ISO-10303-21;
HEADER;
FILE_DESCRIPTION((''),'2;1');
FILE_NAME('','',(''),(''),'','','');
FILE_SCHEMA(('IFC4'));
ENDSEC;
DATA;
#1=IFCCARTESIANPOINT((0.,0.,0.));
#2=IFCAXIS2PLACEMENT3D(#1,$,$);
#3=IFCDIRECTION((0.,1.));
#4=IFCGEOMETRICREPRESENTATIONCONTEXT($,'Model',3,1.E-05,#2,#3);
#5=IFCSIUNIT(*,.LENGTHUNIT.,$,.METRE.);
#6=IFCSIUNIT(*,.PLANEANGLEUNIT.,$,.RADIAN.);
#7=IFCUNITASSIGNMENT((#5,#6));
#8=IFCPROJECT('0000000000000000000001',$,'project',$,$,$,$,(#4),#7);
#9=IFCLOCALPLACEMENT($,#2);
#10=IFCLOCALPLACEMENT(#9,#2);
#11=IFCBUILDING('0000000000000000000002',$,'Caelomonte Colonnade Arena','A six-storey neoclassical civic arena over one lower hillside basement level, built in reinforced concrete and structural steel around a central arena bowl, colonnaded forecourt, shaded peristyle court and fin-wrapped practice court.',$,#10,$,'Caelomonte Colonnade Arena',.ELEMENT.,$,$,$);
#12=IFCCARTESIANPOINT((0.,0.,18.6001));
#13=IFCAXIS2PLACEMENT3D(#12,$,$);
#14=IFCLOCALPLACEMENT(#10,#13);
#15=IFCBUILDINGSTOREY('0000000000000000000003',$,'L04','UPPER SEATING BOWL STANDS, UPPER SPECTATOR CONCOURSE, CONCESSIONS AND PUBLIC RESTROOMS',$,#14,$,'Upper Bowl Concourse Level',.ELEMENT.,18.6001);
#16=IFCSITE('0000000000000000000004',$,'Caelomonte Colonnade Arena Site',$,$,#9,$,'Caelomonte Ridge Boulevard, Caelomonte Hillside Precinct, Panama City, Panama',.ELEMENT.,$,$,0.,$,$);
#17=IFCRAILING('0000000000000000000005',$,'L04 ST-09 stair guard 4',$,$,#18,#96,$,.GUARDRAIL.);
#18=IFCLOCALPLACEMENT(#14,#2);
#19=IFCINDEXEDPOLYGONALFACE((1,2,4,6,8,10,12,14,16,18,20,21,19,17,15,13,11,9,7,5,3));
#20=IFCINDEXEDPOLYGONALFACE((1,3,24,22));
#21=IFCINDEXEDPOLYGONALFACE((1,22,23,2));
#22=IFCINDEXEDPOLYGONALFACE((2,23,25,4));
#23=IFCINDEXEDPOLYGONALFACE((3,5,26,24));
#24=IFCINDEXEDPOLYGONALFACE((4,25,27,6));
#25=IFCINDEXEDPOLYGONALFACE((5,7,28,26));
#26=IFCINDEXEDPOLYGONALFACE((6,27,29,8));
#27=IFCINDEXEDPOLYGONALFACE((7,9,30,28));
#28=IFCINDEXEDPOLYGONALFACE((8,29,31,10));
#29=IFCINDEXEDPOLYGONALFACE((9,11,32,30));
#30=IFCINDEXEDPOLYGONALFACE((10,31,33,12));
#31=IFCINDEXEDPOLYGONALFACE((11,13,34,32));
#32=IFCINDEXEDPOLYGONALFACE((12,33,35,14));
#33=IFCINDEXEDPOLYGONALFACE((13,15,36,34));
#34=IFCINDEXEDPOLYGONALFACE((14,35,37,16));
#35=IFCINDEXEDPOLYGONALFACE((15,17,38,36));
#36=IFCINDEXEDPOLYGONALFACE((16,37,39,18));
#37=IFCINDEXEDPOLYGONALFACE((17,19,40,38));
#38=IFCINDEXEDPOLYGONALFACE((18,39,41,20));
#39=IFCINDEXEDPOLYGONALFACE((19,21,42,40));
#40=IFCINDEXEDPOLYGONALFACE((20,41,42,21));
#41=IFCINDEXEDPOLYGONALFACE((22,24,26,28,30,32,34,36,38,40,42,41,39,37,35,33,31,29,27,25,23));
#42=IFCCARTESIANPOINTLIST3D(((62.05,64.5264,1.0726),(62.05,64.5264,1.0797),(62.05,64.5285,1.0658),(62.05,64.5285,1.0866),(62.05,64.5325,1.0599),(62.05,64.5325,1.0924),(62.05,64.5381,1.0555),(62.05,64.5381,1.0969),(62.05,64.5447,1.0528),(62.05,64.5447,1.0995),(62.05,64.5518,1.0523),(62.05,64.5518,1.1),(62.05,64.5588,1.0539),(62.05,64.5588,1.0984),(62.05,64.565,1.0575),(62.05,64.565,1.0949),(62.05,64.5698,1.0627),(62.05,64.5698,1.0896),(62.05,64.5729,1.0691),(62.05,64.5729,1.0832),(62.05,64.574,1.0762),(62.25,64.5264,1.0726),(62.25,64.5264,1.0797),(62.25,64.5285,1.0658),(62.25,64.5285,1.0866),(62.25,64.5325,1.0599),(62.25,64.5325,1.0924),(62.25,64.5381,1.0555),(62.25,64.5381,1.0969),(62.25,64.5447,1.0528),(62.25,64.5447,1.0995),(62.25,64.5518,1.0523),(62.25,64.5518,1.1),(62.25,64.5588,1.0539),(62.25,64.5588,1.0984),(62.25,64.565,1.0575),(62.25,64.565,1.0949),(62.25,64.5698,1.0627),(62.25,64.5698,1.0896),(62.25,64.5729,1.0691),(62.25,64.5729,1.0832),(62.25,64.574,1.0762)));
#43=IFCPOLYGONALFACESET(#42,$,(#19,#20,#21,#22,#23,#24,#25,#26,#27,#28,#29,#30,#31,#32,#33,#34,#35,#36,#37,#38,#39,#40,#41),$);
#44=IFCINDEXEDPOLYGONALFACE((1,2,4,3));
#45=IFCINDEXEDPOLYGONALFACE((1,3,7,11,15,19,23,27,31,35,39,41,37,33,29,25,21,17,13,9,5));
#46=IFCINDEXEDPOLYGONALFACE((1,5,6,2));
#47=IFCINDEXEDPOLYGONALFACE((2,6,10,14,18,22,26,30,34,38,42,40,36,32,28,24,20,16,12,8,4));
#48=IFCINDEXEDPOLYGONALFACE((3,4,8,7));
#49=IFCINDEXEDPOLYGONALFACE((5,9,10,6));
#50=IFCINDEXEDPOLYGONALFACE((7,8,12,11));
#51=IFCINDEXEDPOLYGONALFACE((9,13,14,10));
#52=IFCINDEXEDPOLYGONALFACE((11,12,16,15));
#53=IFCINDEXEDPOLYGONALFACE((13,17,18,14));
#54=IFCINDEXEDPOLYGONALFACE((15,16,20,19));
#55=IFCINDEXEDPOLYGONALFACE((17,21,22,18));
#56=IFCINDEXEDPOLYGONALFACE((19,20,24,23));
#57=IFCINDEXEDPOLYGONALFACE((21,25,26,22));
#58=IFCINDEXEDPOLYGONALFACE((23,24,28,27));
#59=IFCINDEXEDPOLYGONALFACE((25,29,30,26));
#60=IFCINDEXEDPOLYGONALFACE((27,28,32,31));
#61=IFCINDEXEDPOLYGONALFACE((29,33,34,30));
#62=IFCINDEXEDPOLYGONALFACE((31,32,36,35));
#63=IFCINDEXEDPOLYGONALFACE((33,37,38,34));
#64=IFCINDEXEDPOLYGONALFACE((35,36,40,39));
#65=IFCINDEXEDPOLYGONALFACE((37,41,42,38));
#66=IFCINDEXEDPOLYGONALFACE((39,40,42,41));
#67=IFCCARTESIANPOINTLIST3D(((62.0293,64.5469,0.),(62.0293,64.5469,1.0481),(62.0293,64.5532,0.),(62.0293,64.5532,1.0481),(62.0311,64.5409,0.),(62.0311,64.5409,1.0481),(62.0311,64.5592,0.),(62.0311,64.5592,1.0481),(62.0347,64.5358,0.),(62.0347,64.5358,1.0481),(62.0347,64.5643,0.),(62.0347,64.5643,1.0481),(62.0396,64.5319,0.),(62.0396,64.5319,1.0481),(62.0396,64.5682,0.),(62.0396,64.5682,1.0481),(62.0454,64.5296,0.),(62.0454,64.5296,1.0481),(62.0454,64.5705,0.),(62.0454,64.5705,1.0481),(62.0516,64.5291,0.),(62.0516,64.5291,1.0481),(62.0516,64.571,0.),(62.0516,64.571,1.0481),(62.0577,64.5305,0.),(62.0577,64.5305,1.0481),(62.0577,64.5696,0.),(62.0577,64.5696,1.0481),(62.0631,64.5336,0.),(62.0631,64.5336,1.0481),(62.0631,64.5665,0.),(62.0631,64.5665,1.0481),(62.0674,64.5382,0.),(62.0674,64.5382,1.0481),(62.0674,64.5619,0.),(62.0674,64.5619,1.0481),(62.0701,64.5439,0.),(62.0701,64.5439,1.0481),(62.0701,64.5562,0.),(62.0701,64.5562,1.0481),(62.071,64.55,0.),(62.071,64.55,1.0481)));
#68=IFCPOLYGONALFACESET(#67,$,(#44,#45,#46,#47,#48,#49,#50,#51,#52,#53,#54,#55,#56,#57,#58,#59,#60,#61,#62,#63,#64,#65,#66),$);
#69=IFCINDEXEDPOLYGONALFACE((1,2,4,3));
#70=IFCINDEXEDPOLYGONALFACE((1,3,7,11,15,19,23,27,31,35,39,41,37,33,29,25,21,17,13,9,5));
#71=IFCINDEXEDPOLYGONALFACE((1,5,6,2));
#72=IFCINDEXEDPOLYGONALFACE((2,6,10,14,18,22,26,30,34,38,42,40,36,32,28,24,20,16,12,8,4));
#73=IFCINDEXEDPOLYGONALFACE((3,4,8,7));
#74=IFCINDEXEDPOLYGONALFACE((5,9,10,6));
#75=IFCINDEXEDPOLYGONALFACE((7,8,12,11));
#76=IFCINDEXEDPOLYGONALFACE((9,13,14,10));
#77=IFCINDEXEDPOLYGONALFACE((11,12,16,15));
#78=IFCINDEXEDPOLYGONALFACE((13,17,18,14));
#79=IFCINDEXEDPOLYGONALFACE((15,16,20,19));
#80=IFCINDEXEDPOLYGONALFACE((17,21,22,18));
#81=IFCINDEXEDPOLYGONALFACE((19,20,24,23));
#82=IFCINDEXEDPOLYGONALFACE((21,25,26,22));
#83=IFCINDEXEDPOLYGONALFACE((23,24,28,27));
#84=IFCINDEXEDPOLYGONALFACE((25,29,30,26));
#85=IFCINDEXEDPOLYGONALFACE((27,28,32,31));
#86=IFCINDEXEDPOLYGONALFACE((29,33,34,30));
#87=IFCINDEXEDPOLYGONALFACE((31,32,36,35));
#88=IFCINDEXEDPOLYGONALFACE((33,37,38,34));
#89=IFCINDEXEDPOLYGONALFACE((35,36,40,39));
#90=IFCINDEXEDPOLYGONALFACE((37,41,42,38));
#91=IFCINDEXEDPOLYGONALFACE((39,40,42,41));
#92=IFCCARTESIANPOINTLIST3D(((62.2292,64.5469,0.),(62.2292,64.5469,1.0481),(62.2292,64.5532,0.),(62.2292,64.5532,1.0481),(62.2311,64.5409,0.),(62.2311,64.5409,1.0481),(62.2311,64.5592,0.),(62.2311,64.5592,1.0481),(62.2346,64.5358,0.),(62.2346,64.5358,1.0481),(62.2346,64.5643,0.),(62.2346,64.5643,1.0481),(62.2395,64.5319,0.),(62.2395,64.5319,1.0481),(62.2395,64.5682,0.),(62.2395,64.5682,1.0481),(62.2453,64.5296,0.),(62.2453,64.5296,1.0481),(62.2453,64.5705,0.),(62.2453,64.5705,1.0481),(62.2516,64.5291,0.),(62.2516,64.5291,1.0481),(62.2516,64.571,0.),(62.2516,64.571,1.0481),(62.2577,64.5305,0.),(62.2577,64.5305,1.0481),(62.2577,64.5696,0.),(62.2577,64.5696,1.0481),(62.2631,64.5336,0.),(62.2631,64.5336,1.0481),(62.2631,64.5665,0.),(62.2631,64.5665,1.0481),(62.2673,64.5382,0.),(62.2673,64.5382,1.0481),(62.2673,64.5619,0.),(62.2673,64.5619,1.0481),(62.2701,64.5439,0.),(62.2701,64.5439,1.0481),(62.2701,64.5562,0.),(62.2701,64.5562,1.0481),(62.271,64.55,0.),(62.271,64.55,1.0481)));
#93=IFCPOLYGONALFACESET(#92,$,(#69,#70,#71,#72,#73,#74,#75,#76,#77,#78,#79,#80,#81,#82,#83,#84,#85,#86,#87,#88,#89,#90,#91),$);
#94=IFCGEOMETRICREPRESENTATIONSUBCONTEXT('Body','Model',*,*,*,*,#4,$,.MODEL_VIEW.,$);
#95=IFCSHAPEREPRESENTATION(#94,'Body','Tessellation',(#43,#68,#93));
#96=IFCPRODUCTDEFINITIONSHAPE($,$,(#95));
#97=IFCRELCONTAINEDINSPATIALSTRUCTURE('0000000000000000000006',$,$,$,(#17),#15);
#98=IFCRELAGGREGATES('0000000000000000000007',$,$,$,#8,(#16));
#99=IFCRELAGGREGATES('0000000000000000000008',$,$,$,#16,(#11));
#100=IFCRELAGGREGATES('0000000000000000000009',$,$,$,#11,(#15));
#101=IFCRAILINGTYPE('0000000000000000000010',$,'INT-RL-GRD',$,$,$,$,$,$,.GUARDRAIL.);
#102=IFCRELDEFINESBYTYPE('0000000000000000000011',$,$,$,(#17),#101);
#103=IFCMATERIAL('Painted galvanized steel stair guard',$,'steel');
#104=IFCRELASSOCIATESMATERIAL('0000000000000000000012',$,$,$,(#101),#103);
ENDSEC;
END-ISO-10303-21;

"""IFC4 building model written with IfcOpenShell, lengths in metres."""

from ifc_helpers import new_model, si_unit, direction, frame, origin, origin_2d, place, context, subcontext, project, spatial, circle, extrude, material, type_object, element, save


model = new_model("IFC4")

# Units and contexts
model_context = context("Model", 3, precision=1e-05, world=origin(), true_north=direction((0.0, 1.0)))
body_context = subcontext(model_context, "Body", "Model", "MODEL_VIEW")
ifc_project = project(units=[si_unit("LENGTHUNIT", "METRE"), si_unit("PLANEANGLEUNIT", "RADIAN")], contexts=[model_context])

# Site, building, storey
site_placement = place(None, origin())
site = spatial("IfcSite", under=ifc_project, at=site_placement, Name="Caelomonte Colonnade Arena Site", LongName="Caelomonte Ridge Boulevard, Caelomonte Hillside Precinct, Panama City, Panama", CompositionType="ELEMENT", RefElevation=0.0)
building_placement = place(site_placement, origin())
building = spatial("IfcBuilding", under=site, at=building_placement, Name="Caelomonte Colonnade Arena", Description="A six-storey neoclassical civic arena over one lower hillside basement level, built in reinforced concrete and structural steel around a central arena bowl, colonnaded forecourt, shaded peristyle court and fin-wrapped practice court.", LongName="Caelomonte Colonnade Arena", CompositionType="ELEMENT")
storey_placement = place(building_placement, frame((0.0, 0.0, 18.6001)))
storey = spatial("IfcBuildingStorey", under=building, at=storey_placement, Name="L04", Description="UPPER SEATING BOWL STANDS, UPPER SPECTATOR CONCOURSE, CONCESSIONS AND PUBLIC RESTROOMS", LongName="Upper Bowl Concourse Level", CompositionType="ELEMENT", Elevation=18.6001)

# Railing
ifc_material_1 = material(Name="Painted galvanized steel stair guard", Category="steel")
railing_type_1 = type_object("IfcRailingType", Name="INT-RL-GRD", PredefinedType="GUARDRAIL", material=ifc_material_1)
railing_1_placement = place(storey_placement, frame((62.05, 64.55, 0.0)))
element("IfcRailing", 1, at=railing_1_placement, inside=storey, type_object=railing_type_1, Name="L04 ST-09 stair guard 4", PredefinedType="GUARDRAIL", context=body_context, shape_type="SweptSolid", body=[
    extrude(circle(Radius=0.0239, at=origin_2d()), frame((0.0, 0.0, 1.0762), z_axis=(1.0, 0.0, 0.0), x_axis=(0.0, 1.0, 0.0)), (0.0, 0.0, 1.0), 0.2),
    extrude(circle(Radius=0.021, at=origin_2d()), origin(), (0.0, 0.0, 1.0), 1.0481),
    extrude(circle(Radius=0.021, at=origin_2d()), frame((0.2, 0.0, 0.0)), (0.0, 0.0, 1.0), 1.0481),
])

save(model, "model.ifc")
